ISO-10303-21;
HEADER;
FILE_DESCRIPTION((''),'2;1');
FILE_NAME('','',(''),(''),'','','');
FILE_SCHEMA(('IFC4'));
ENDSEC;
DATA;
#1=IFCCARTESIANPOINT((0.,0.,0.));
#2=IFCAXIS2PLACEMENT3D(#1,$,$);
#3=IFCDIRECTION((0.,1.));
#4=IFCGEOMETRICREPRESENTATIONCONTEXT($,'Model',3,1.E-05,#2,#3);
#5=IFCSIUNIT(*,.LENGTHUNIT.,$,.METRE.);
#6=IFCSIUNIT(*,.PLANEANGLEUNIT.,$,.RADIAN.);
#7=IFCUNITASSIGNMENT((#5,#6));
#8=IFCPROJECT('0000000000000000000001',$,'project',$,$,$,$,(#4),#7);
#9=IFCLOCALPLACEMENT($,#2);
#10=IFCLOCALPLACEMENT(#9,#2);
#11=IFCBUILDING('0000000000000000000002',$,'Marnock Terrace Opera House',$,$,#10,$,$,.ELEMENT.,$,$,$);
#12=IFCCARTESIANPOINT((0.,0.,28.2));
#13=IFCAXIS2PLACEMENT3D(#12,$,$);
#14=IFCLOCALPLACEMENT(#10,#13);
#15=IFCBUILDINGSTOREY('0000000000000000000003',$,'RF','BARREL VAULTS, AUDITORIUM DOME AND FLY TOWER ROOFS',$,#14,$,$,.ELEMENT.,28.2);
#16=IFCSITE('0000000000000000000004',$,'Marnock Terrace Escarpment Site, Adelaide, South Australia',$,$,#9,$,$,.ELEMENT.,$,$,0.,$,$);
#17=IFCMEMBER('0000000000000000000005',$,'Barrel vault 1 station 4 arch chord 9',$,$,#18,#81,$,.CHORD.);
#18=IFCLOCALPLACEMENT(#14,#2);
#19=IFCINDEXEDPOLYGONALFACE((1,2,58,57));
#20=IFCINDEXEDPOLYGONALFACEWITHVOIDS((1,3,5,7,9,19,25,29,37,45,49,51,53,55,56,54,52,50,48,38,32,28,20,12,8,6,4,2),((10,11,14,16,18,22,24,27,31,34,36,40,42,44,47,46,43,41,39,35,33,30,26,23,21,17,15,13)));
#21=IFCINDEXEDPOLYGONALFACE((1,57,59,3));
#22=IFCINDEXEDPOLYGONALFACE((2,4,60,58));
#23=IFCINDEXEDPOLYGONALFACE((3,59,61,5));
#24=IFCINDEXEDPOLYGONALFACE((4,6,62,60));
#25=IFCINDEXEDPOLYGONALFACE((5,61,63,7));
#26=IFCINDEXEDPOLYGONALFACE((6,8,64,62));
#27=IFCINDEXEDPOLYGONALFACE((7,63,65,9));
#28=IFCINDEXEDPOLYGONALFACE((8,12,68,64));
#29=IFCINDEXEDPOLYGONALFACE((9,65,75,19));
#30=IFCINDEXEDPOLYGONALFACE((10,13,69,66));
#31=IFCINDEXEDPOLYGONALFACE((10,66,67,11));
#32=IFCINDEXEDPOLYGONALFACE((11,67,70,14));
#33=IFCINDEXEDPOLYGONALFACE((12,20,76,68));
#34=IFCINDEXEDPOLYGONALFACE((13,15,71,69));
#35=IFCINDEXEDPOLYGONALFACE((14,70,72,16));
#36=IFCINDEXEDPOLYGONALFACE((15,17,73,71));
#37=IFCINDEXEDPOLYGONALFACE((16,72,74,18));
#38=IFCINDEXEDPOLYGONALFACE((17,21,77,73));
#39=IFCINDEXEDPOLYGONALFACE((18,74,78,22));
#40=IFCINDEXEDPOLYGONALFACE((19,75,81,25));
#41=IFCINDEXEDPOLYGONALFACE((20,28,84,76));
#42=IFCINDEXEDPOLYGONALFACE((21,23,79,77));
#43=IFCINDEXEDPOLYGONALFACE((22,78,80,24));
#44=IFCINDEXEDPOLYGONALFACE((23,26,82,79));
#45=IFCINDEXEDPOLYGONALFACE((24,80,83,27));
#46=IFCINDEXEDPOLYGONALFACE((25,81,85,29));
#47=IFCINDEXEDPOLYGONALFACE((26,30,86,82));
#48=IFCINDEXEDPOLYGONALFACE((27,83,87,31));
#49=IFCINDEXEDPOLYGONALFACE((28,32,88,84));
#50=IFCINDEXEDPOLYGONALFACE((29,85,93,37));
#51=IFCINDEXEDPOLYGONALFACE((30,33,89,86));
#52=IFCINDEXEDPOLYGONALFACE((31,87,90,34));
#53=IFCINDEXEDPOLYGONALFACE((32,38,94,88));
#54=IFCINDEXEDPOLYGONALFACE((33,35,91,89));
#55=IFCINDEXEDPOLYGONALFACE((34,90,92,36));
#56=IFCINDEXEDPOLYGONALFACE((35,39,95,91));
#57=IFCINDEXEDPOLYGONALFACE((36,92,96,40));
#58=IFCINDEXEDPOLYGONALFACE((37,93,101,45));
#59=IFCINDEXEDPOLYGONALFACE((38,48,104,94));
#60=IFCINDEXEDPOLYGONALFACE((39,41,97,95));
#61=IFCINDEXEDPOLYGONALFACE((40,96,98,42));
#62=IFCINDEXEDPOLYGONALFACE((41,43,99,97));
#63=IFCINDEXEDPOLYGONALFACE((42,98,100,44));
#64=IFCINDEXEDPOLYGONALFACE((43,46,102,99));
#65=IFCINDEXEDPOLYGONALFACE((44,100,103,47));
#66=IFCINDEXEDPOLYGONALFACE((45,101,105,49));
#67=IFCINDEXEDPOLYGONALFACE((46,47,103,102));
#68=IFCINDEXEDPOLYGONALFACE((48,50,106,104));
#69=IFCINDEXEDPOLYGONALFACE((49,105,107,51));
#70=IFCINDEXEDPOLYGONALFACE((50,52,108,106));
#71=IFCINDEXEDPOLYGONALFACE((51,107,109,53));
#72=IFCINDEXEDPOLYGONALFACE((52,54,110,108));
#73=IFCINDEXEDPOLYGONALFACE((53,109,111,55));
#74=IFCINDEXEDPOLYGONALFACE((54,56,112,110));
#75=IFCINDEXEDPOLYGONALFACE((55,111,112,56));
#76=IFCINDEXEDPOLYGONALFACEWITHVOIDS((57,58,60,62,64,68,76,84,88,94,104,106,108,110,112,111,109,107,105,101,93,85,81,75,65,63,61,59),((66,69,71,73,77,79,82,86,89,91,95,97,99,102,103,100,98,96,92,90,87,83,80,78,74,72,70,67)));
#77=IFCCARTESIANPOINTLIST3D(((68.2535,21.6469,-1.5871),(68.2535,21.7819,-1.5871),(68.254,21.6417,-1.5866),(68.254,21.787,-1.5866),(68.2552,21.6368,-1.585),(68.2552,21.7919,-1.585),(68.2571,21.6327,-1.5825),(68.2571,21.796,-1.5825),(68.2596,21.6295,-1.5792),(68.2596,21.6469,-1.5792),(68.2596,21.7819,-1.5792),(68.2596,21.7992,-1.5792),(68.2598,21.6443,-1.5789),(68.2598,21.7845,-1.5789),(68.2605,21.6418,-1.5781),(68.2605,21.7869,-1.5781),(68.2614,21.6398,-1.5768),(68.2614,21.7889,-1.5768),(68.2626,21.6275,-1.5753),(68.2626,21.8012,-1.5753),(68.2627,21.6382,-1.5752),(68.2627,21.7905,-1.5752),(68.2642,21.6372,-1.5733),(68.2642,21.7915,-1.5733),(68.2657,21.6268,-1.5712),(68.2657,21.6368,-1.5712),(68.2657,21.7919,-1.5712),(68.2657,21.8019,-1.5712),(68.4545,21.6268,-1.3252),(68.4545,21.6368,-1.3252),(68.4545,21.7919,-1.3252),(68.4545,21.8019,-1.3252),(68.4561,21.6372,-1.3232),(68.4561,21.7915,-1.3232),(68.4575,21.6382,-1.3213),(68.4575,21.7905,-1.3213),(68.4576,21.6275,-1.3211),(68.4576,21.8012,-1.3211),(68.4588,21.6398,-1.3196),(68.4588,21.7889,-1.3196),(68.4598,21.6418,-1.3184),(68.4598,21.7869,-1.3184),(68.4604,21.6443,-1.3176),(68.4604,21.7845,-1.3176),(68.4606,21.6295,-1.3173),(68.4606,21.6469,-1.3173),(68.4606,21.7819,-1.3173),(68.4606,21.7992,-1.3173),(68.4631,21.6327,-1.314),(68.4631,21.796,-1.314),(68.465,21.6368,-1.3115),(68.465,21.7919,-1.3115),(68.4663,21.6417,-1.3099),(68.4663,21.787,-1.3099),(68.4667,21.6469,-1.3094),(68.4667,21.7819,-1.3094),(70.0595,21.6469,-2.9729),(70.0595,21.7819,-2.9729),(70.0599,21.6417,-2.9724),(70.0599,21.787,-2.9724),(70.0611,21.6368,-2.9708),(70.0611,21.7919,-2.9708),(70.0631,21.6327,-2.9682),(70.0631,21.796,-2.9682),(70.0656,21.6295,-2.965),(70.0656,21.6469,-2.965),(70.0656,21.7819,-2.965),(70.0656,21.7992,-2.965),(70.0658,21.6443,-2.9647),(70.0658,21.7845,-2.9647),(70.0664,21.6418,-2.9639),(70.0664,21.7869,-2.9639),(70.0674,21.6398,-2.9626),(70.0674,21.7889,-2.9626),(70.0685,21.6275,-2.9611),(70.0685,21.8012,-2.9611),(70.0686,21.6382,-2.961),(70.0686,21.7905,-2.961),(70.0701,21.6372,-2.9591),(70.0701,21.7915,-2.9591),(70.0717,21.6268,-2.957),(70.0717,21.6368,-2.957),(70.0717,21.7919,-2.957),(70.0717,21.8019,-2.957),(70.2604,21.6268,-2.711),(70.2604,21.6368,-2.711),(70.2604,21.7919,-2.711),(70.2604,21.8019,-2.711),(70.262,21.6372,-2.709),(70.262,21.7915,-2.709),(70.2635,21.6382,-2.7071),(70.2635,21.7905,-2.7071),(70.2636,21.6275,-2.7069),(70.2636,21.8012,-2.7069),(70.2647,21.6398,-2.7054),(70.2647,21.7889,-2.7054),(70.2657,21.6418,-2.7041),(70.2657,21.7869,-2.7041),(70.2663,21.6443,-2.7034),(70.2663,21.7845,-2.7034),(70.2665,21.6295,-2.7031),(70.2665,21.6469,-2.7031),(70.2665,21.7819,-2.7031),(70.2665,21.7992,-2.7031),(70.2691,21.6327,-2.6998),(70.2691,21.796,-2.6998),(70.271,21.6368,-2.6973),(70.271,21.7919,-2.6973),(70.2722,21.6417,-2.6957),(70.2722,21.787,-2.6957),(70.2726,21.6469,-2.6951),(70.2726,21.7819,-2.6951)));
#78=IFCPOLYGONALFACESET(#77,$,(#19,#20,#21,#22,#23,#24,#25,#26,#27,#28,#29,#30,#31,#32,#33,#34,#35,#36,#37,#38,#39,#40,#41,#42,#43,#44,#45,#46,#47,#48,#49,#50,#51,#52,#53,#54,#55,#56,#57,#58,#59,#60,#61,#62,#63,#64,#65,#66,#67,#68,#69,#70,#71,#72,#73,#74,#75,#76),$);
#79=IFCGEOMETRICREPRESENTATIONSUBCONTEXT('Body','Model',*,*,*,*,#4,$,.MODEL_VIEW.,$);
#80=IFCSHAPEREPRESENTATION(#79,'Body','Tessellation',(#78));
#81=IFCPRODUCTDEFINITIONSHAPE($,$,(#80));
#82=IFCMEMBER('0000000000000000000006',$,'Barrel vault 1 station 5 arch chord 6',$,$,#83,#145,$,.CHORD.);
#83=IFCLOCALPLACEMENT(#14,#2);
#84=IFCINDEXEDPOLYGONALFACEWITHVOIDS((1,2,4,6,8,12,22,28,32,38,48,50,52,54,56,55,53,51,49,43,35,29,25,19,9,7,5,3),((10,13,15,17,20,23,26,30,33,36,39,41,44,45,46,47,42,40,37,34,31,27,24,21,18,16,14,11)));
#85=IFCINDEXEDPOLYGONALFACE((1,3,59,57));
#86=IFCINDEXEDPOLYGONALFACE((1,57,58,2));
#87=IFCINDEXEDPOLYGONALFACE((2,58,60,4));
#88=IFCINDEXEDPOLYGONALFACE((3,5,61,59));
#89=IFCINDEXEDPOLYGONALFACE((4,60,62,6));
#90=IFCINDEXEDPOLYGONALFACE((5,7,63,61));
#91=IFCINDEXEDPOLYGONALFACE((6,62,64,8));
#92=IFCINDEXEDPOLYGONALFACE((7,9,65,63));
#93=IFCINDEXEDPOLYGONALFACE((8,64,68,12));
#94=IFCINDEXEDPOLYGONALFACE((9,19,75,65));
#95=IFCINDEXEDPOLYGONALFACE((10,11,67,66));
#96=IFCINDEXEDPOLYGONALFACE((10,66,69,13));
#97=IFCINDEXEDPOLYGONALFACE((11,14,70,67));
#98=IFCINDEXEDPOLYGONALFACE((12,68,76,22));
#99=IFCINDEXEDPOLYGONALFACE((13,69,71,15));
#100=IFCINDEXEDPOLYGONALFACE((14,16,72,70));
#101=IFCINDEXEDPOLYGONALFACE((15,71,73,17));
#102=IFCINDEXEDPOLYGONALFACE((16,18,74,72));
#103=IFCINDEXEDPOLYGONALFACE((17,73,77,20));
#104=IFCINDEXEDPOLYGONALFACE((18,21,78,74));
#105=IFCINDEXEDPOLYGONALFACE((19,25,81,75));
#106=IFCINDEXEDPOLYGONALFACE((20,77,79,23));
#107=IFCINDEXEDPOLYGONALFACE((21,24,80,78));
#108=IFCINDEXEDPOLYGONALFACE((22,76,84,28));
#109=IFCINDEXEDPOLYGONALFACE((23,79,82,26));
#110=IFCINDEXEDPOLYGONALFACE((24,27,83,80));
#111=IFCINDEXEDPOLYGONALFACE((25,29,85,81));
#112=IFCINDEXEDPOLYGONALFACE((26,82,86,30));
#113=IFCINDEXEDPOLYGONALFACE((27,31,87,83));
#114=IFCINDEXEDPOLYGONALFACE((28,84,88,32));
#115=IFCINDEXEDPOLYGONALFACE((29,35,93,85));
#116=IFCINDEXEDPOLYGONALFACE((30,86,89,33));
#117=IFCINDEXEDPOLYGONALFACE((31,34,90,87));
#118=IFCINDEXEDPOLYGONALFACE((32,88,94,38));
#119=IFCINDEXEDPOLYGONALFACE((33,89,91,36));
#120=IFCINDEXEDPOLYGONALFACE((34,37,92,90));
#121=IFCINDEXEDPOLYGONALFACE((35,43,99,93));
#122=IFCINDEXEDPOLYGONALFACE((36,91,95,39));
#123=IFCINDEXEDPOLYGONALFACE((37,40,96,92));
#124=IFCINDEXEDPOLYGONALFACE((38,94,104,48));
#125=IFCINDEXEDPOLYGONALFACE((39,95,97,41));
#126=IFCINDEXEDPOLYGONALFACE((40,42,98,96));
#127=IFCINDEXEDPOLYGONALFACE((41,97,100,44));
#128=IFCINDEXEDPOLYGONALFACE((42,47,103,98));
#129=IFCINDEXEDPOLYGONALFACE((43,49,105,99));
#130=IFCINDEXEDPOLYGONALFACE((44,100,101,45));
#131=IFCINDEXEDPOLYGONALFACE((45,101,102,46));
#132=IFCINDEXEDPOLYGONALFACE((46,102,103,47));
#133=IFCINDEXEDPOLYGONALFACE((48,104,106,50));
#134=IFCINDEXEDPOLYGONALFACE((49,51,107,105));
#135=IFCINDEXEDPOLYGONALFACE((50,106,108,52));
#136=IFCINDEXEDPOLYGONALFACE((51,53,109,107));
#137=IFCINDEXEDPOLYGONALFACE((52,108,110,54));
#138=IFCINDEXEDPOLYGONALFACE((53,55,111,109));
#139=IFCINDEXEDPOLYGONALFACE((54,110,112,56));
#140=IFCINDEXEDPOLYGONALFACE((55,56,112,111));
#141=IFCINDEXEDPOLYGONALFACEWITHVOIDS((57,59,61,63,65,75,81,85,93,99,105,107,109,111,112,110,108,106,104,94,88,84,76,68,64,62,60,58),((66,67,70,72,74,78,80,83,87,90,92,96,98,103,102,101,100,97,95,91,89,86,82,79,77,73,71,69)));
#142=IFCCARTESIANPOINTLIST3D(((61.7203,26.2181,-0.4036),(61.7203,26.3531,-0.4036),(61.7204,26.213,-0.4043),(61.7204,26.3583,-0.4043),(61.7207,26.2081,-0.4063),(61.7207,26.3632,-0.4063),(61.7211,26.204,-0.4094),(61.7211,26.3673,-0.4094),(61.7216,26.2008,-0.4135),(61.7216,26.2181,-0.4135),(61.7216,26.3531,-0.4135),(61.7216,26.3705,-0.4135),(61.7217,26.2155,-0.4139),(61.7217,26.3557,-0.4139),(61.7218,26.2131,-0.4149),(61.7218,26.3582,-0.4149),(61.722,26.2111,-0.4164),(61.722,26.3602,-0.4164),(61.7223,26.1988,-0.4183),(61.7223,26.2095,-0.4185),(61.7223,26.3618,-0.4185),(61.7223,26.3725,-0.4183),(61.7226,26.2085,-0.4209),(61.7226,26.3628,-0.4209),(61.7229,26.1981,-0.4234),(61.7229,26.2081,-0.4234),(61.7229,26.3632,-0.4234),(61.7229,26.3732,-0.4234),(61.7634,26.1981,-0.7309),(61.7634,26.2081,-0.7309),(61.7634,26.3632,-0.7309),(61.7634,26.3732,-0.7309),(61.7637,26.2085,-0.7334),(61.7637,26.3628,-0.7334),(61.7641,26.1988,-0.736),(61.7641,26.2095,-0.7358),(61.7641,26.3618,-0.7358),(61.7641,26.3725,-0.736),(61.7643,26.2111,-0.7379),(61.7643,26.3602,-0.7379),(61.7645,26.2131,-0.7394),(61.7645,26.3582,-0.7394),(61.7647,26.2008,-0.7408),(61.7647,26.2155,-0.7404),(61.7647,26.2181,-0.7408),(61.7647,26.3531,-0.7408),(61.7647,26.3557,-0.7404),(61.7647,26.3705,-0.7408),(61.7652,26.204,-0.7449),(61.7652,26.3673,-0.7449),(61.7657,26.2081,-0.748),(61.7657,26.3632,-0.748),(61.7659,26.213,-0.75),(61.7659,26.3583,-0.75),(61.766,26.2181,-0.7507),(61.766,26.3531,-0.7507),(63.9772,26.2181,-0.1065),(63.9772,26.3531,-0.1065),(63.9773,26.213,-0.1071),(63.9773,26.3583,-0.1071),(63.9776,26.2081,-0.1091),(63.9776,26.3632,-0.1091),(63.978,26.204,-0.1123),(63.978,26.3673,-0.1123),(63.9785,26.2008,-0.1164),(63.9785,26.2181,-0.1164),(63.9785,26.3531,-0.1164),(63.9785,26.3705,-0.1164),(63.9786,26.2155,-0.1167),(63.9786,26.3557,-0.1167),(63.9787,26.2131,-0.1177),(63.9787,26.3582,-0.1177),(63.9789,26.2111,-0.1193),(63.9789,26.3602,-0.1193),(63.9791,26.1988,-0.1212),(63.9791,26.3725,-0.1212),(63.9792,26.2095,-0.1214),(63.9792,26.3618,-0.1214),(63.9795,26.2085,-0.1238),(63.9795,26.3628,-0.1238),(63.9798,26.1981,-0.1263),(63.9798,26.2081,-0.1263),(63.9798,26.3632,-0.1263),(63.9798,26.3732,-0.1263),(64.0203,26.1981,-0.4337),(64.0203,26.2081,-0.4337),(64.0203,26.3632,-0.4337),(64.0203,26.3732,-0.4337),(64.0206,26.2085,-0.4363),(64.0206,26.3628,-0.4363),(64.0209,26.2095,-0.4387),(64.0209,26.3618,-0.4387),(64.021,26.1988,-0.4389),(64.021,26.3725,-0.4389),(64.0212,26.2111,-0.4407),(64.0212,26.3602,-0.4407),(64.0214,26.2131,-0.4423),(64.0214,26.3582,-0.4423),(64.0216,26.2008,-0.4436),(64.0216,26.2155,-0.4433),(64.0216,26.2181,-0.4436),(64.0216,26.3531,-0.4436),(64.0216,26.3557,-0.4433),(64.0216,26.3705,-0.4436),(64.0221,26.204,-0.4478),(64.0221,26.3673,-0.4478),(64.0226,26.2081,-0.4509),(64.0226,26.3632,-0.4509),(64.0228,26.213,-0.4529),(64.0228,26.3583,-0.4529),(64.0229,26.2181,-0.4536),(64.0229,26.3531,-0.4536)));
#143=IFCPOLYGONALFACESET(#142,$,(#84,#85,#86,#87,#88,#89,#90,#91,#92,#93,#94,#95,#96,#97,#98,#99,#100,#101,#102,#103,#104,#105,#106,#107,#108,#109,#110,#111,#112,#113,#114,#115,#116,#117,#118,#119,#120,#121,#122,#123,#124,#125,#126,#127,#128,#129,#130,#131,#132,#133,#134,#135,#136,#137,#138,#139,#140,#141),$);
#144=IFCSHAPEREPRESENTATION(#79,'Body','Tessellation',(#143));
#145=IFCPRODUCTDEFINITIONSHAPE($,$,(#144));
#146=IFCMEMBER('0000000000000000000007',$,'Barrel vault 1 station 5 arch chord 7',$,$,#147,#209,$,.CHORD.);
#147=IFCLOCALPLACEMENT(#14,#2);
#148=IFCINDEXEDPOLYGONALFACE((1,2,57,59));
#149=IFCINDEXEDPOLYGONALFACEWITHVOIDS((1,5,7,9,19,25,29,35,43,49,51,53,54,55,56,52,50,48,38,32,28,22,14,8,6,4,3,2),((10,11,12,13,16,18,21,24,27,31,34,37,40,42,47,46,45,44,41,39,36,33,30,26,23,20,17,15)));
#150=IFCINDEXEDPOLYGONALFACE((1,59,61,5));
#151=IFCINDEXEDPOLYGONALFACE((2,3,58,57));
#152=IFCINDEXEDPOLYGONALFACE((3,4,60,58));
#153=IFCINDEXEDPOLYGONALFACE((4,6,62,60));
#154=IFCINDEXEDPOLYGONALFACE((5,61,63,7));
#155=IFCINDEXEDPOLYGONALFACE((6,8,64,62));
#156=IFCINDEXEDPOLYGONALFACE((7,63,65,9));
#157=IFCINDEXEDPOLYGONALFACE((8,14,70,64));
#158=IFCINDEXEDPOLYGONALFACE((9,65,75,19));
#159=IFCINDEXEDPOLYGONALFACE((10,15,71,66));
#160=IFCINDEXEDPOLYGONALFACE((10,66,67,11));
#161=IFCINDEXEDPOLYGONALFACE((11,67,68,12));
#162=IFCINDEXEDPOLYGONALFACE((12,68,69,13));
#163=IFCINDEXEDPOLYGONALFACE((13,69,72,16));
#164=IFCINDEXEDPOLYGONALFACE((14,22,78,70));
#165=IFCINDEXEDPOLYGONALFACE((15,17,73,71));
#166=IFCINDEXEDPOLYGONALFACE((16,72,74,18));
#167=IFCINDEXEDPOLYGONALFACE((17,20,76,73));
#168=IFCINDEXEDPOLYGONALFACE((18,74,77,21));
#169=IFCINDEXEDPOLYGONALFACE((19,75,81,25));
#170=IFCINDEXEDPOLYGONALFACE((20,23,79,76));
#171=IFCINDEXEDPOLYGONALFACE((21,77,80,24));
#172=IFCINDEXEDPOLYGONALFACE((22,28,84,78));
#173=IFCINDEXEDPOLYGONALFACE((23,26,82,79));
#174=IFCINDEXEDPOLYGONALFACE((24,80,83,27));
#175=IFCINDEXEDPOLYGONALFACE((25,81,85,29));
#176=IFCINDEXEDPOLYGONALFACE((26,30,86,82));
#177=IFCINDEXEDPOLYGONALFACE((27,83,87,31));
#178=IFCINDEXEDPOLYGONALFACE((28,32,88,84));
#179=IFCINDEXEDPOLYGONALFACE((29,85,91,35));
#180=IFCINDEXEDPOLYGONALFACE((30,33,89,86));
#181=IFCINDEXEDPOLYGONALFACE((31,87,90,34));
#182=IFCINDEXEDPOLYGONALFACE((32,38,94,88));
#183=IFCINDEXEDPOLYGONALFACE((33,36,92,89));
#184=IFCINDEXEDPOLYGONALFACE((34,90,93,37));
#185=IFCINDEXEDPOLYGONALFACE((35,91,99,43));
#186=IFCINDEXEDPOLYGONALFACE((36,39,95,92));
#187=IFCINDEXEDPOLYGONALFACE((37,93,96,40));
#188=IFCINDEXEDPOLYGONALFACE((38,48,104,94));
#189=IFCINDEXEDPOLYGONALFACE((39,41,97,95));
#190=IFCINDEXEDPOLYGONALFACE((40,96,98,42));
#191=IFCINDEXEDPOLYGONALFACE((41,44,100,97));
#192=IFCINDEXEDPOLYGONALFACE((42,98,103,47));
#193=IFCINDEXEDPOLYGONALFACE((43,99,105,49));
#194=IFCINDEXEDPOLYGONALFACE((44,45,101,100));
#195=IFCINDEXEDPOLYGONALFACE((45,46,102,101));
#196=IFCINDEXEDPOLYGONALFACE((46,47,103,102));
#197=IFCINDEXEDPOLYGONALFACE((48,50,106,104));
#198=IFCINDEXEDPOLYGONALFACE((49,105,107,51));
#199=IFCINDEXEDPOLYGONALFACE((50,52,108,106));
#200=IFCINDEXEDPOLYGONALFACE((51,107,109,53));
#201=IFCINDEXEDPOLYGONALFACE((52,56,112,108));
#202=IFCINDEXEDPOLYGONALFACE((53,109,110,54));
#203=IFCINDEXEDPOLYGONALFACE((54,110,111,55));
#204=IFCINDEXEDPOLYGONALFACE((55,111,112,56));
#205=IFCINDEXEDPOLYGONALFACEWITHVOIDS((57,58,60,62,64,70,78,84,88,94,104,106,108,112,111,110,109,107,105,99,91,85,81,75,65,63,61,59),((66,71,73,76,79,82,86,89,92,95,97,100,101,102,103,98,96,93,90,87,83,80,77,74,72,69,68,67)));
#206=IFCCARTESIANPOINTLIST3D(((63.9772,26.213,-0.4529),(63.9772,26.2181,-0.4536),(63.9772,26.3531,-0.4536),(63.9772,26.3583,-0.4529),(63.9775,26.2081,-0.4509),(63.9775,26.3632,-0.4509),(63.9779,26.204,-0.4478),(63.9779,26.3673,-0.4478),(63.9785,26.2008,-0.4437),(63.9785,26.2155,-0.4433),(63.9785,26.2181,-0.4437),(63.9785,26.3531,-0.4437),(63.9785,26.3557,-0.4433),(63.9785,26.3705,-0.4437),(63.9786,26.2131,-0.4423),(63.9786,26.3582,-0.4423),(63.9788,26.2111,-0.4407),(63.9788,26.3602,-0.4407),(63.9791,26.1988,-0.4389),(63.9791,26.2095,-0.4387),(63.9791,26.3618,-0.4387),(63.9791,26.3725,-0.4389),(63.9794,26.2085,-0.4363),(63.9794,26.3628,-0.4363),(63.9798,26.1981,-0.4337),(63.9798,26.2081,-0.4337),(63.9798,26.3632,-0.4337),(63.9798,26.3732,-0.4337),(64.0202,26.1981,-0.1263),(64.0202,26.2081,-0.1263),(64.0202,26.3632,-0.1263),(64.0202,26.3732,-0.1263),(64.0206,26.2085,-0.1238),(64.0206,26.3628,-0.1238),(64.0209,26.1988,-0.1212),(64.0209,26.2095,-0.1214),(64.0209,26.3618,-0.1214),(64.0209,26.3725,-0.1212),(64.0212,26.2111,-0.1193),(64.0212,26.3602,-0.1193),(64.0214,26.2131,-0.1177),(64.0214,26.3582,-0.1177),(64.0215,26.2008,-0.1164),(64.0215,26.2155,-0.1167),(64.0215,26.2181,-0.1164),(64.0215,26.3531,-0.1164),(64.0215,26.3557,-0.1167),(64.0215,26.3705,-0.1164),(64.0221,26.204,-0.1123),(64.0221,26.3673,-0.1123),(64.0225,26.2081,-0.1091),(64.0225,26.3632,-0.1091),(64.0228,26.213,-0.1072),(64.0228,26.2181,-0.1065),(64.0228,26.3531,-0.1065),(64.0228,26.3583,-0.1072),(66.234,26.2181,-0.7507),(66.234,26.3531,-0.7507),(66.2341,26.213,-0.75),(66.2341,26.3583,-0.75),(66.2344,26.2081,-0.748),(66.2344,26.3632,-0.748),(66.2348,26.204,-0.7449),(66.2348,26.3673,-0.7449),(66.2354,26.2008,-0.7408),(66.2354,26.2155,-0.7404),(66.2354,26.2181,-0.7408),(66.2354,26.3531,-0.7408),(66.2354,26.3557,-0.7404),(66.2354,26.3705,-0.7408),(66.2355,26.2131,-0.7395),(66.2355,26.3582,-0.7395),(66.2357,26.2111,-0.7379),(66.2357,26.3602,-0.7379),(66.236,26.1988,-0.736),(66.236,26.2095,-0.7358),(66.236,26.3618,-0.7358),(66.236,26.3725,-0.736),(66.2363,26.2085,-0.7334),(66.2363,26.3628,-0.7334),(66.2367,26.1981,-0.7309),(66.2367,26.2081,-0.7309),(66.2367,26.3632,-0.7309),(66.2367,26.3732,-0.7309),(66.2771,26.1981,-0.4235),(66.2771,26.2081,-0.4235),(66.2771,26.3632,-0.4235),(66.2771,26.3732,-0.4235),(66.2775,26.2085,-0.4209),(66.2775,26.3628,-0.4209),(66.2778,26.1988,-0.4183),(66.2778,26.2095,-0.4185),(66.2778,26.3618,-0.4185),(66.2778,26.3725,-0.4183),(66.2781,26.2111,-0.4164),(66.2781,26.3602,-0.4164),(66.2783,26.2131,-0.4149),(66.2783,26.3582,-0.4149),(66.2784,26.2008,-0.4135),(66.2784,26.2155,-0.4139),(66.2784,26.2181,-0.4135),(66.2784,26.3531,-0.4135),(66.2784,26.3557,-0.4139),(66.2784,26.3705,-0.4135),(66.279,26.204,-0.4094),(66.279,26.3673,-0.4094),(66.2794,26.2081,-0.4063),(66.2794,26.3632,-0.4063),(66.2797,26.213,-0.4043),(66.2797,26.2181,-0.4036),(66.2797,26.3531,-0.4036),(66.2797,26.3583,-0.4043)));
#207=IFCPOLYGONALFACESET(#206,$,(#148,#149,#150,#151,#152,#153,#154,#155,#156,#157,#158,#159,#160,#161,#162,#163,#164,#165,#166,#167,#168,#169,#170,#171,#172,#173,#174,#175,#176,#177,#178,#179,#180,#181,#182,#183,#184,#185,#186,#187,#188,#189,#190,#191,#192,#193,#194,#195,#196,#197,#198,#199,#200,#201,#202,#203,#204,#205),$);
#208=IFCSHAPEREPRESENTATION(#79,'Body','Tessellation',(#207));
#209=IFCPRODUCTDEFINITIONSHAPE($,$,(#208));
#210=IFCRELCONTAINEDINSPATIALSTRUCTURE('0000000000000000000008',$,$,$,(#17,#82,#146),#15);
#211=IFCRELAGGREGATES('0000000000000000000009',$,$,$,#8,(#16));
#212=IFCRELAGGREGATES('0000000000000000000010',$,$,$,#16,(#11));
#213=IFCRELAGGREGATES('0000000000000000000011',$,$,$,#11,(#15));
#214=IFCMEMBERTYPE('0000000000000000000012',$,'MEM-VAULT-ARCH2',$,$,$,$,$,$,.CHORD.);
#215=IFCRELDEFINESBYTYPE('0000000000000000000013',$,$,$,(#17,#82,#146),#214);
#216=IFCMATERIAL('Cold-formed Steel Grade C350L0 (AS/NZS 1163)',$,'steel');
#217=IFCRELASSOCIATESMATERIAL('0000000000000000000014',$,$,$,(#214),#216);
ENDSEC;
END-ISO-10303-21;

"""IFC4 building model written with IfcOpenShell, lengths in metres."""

from ifc_helpers import new_model, si_unit, direction, frame, origin, origin_2d, place, context, subcontext, project, spatial, hollow_rectangle, extrude, material, material_profile, profile_set, type_object, element, save


model = new_model("IFC4")

# Units and contexts
model_context = context("Model", 3, precision=1e-05, world=origin(), true_north=direction((0.0, 1.0)))
body_context = subcontext(model_context, "Body", "Model", "MODEL_VIEW")
ifc_project = project(units=[si_unit("LENGTHUNIT", "METRE"), si_unit("PLANEANGLEUNIT", "RADIAN")], contexts=[model_context])

# Site, building, storey
site_placement = place(None, origin())
site = spatial("IfcSite", under=ifc_project, at=site_placement, Name="Marnock Terrace Escarpment Site, Adelaide, South Australia", CompositionType="ELEMENT", RefElevation=0.0)
building_placement = place(site_placement, origin())
building = spatial("IfcBuilding", under=site, at=building_placement, Name="Marnock Terrace Opera House", CompositionType="ELEMENT")
storey_placement = place(building_placement, frame((0.0, 0.0, 28.2)))
storey = spatial("IfcBuildingStorey", under=building, at=storey_placement, Name="RF", Description="BARREL VAULTS, AUDITORIUM DOME AND FLY TOWER ROOFS", CompositionType="ELEMENT", Elevation=28.2)

# Members
ifc_material_1 = material(Name="Cold-formed Steel Grade C350L0 (AS/NZS 1163)", Category="steel")
ifc_material_profile_1 = material_profile(ifc_material_1, hollow_rectangle(XDim=0.175, YDim=0.3501, WallThickness=0.01, InnerFilletRadius=0.01, OuterFilletRadius=0.02, at=origin_2d()))
ifc_profile_set_1 = profile_set([ifc_material_profile_1], Name="Cold-formed Steel Grade C350L0 (AS/NZS 1163)")
member_type_1 = type_object("IfcMemberType", Name="MEM-VAULT-ARCH2", PredefinedType="CHORD", material=ifc_profile_set_1)
for number, where, z_axis, x_axis, name in (
    (1, (68.3601, 21.7144, -1.4482), (0.793349, 0.0, -0.608767), (0.0, 1.0, 0.0), "Barrel vault 1 station 4 arch chord 9"),
    (2, (61.7432, 26.2856, -0.5771), (0.991445, 0.0, 0.130527), (0.0, 1.0, 0.0), "Barrel vault 1 station 5 arch chord 6"),
    (3, (64.0, 26.2856, -0.28), (0.991445, 0.0, -0.130527), (0.0, 1.0, 0.0), "Barrel vault 1 station 5 arch chord 7"),
):
    element("IfcMember", number, at=place(storey_placement, frame(where, z_axis=z_axis, x_axis=x_axis)), inside=storey, type_object=member_type_1, Name=name, PredefinedType="CHORD", context=body_context, shape_type="SweptSolid", body=[
        extrude(hollow_rectangle(XDim=0.175, YDim=0.3501, WallThickness=0.01, InnerFilletRadius=0.01, OuterFilletRadius=0.02, at=origin_2d()), origin(), (0.0, 0.0, 1.0), 2.2764),
    ])

save(model, "model.ifc")
